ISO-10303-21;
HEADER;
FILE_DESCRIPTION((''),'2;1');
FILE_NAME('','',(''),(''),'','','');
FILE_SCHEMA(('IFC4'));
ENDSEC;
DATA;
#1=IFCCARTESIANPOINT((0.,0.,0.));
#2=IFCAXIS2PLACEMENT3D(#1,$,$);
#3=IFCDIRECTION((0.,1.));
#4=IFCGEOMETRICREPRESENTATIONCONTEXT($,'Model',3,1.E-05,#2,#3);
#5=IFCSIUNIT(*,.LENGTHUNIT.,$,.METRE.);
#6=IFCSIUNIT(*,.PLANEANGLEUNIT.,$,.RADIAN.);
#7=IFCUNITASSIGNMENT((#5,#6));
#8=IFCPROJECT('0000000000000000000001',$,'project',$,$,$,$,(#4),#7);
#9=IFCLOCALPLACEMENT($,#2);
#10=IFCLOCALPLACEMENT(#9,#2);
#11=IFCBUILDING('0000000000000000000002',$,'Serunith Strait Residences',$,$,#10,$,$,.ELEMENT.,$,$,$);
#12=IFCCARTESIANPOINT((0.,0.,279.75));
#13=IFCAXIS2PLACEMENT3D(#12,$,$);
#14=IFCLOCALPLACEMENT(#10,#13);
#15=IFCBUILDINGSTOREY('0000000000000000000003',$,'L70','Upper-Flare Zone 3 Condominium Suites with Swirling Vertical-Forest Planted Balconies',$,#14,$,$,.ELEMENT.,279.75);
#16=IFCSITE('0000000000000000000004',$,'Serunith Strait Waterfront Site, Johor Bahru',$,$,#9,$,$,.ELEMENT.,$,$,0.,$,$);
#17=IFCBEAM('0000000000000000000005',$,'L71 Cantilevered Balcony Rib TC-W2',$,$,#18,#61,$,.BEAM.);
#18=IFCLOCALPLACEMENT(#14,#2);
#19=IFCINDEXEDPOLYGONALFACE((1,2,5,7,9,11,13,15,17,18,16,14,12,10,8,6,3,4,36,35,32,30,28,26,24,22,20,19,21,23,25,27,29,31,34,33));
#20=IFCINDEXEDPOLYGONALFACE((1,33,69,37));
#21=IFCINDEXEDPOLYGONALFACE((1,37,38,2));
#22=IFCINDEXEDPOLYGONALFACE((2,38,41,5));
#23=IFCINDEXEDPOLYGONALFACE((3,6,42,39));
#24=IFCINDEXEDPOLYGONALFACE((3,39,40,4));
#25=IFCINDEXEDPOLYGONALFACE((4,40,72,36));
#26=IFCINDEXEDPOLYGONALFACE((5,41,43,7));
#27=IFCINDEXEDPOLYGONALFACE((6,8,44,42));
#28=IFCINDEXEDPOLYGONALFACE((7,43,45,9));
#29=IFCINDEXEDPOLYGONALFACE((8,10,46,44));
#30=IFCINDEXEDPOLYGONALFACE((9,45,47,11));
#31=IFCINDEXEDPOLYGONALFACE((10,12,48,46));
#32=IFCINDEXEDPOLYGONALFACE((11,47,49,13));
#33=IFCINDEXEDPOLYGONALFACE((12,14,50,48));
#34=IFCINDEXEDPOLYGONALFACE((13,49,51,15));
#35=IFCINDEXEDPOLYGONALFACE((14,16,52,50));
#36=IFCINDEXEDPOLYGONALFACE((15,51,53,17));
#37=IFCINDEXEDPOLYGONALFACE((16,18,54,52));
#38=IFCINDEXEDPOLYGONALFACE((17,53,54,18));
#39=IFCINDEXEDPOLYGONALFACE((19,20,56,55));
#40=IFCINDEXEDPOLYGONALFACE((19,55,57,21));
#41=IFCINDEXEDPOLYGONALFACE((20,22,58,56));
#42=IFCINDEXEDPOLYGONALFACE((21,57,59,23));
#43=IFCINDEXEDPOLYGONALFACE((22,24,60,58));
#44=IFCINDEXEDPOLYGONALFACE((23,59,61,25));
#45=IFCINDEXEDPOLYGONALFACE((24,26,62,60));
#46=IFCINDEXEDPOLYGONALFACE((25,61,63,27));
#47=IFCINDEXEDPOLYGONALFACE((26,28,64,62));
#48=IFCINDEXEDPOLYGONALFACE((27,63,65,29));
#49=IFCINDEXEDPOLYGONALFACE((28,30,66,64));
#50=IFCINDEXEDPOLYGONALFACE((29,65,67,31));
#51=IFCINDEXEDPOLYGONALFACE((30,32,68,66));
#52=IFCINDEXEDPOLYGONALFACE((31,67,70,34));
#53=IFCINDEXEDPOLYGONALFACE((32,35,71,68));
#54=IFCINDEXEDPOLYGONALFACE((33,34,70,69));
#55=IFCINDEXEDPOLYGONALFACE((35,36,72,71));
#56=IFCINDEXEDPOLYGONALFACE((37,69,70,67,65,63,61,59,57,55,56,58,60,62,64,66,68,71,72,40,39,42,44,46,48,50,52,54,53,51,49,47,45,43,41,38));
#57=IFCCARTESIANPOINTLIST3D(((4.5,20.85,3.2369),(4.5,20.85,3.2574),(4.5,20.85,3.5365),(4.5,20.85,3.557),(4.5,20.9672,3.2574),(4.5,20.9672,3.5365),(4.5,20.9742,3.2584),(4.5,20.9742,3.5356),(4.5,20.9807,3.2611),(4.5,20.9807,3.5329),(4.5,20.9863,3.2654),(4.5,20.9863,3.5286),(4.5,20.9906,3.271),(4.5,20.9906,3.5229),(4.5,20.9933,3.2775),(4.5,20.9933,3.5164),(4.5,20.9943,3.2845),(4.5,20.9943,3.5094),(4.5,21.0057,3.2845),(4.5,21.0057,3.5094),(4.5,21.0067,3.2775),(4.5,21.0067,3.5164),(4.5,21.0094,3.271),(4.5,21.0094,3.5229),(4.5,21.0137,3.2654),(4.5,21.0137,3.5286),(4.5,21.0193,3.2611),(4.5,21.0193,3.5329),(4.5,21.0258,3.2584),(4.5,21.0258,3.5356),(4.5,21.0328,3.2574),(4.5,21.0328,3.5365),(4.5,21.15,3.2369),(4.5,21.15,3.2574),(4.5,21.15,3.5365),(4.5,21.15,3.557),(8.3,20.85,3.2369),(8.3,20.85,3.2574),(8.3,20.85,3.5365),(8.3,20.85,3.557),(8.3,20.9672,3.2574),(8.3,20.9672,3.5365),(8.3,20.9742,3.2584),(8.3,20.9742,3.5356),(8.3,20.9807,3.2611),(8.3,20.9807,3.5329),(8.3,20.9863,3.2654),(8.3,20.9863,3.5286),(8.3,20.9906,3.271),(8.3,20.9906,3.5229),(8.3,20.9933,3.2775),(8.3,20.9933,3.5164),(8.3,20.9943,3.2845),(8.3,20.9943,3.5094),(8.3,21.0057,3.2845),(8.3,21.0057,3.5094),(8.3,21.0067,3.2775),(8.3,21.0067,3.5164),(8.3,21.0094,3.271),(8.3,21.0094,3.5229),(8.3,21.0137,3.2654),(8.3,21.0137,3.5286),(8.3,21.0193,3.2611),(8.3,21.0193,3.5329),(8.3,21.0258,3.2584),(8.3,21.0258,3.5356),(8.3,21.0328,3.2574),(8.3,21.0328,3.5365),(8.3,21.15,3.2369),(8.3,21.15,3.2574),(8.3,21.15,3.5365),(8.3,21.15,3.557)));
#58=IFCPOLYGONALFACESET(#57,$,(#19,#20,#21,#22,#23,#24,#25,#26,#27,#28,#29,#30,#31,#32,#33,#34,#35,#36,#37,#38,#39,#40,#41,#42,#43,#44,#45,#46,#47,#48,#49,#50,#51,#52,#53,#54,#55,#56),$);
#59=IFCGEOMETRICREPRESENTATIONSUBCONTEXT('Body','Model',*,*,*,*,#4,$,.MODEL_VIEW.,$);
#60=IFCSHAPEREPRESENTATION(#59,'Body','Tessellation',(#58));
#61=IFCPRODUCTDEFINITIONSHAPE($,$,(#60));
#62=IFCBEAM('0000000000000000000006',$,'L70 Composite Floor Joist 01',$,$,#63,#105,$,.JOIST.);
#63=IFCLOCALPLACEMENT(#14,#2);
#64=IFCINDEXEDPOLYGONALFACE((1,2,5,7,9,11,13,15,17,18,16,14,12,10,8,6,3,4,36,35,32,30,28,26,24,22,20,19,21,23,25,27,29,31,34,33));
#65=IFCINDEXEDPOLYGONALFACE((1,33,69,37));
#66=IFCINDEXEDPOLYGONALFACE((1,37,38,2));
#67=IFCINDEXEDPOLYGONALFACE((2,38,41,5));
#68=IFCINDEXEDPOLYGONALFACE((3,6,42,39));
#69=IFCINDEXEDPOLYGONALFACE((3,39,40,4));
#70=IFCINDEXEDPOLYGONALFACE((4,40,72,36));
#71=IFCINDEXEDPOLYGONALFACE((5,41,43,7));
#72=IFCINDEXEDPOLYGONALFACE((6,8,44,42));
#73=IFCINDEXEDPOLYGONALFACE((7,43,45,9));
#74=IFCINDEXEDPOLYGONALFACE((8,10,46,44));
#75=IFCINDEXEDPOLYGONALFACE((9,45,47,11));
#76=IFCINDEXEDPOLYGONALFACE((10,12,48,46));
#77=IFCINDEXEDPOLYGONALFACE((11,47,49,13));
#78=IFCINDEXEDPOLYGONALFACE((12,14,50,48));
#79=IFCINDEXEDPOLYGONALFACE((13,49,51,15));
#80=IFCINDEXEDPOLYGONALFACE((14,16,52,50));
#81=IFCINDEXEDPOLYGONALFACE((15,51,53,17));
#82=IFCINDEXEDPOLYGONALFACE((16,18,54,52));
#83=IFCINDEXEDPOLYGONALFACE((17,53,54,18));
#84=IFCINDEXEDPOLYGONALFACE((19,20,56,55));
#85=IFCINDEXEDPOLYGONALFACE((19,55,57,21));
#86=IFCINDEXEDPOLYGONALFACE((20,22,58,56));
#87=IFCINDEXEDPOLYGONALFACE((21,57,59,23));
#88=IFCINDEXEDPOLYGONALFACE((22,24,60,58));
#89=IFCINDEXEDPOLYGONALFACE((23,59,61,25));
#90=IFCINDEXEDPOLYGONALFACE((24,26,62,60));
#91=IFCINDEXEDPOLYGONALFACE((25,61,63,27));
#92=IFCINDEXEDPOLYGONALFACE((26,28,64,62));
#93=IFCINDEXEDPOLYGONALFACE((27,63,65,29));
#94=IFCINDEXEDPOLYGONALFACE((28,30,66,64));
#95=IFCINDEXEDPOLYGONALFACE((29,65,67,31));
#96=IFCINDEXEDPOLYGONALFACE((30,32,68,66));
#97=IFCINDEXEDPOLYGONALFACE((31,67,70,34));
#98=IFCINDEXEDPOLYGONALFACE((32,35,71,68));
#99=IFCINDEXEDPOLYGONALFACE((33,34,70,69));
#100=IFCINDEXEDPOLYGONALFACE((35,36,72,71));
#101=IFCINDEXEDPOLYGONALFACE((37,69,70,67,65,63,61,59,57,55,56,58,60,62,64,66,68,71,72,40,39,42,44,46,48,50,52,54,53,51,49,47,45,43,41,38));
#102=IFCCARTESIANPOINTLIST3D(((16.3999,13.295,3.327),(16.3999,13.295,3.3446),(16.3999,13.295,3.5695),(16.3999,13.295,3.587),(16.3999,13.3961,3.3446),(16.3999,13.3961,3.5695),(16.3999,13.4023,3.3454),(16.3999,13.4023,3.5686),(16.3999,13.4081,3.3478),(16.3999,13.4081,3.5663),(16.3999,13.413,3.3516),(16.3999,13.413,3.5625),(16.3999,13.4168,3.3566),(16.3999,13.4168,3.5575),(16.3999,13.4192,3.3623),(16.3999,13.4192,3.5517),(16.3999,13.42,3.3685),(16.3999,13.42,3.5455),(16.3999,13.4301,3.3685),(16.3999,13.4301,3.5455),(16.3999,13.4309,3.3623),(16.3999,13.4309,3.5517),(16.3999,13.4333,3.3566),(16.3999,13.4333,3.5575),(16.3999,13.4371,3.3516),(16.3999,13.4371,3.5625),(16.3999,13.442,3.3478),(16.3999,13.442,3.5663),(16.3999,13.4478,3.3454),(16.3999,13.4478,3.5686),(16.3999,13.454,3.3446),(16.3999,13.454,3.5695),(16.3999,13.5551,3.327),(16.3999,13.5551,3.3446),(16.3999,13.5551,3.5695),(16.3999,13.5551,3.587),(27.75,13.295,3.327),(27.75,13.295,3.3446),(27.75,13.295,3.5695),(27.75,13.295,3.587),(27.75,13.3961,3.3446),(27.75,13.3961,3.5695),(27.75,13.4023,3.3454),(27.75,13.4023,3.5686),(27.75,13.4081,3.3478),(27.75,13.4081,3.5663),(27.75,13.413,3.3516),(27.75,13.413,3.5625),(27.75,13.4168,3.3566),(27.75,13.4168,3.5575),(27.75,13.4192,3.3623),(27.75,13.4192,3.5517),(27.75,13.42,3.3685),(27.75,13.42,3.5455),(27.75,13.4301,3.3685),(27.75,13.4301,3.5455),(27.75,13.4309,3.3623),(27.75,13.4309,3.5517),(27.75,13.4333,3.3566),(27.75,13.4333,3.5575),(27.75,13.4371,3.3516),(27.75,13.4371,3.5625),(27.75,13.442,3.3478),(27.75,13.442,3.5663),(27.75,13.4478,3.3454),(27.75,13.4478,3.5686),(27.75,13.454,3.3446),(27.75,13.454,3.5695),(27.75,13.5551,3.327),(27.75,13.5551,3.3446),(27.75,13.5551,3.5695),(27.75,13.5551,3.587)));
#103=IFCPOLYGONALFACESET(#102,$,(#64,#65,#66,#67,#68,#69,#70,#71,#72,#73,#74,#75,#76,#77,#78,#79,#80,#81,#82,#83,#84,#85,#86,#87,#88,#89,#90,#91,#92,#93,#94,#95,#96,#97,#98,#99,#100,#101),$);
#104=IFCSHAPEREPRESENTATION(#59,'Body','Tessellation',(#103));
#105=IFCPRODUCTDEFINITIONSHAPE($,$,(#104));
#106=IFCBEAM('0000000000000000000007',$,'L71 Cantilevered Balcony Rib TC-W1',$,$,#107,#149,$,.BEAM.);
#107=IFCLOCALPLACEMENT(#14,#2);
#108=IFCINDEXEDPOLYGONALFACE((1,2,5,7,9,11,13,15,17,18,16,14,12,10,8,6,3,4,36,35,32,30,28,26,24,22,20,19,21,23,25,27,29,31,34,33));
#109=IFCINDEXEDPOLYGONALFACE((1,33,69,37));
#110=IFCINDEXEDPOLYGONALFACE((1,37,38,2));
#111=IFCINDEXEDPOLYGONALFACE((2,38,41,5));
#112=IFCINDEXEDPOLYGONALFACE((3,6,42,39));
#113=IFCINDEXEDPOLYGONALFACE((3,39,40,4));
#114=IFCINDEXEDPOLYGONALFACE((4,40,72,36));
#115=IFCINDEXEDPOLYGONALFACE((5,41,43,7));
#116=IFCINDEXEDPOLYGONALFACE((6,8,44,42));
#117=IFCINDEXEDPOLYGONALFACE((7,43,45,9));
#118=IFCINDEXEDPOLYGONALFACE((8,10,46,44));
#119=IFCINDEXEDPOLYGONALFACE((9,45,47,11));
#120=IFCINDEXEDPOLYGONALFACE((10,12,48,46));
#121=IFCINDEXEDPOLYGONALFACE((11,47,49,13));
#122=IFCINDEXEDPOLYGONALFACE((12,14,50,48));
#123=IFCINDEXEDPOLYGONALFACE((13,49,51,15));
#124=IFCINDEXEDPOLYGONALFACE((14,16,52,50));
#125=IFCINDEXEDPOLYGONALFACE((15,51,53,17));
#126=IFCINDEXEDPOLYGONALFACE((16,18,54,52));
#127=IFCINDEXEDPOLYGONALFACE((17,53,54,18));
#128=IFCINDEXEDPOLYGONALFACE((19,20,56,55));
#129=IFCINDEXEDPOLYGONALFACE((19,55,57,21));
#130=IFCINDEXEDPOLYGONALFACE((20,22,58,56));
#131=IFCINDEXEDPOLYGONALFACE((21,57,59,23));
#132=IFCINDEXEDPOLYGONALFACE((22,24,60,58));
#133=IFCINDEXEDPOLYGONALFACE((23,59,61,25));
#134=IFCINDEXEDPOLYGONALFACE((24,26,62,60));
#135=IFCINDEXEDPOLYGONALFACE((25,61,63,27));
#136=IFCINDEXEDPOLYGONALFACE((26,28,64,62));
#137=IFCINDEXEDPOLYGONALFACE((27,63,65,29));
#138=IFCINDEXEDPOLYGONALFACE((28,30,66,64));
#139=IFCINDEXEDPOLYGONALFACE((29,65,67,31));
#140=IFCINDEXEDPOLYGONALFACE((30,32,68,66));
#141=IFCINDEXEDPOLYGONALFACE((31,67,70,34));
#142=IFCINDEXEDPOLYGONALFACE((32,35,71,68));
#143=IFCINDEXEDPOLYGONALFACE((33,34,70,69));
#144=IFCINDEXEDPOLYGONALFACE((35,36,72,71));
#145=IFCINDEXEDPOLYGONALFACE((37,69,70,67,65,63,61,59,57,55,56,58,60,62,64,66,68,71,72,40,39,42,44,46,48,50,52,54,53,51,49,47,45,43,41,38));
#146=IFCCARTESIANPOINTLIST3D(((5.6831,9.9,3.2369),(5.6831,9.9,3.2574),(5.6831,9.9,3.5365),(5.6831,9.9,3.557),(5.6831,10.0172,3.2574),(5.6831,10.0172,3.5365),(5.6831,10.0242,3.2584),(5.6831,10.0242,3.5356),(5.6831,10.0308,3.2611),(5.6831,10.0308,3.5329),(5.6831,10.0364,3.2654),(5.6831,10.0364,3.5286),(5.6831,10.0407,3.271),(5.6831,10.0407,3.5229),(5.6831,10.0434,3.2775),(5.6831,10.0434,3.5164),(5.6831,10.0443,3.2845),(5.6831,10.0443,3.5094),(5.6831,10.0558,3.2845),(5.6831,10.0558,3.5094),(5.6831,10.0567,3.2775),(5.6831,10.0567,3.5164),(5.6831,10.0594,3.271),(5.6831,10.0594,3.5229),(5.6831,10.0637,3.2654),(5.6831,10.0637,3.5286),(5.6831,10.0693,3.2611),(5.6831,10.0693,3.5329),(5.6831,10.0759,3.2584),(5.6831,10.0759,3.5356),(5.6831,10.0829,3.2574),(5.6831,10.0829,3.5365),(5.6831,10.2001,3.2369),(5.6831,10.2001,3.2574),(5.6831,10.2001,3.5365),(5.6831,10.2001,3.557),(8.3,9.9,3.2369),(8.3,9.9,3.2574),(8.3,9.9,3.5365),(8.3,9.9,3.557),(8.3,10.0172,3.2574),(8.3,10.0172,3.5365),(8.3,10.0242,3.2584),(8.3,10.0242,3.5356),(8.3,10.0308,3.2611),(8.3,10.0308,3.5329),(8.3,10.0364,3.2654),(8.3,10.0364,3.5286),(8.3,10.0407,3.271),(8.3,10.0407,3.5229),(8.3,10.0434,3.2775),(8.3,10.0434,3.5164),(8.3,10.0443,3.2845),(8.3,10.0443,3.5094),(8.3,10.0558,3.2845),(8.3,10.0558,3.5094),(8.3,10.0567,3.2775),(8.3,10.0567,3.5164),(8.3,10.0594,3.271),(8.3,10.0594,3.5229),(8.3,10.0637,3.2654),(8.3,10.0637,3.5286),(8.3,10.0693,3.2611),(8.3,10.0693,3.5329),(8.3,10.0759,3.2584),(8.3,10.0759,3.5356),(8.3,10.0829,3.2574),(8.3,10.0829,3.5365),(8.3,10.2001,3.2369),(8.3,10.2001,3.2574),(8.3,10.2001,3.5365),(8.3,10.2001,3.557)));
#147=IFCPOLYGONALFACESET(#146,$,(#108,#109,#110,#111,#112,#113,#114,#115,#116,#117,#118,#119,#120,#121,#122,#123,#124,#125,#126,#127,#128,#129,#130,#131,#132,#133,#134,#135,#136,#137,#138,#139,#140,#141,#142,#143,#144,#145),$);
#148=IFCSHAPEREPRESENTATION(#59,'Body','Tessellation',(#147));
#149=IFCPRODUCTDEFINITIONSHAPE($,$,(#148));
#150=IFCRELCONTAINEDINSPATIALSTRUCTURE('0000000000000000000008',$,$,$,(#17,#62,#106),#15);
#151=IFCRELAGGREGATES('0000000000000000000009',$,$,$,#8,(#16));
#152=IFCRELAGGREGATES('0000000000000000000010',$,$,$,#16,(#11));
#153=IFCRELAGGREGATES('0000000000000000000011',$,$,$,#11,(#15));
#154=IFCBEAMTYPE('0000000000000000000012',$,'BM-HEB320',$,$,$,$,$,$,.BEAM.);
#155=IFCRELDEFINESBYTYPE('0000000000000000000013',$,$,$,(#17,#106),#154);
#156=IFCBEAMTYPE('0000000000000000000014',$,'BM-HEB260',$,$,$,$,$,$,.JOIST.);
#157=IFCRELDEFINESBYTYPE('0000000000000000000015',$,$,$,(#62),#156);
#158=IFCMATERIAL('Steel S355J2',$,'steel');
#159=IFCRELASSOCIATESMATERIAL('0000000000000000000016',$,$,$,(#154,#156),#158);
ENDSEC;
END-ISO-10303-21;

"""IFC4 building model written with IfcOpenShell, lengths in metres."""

from ifc_helpers import new_model, si_unit, direction, frame, origin, origin_2d, place, context, subcontext, project, spatial, i_section, extrude, source, transform, mapped, material, material_profile, profile_set, type_object, element, save


model = new_model("IFC4")

# Units and contexts
model_context = context("Model", 3, precision=1e-05, world=origin(), true_north=direction((0.0, 1.0)))
body_context = subcontext(model_context, "Body", "Model", "MODEL_VIEW")
ifc_project = project(units=[si_unit("LENGTHUNIT", "METRE"), si_unit("PLANEANGLEUNIT", "RADIAN")], contexts=[model_context])

# Site, building, storey
site_placement = place(None, origin())
site = spatial("IfcSite", under=ifc_project, at=site_placement, Name="Serunith Strait Waterfront Site, Johor Bahru", CompositionType="ELEMENT", RefElevation=0.0)
building_placement = place(site_placement, origin())
building = spatial("IfcBuilding", under=site, at=building_placement, Name="Serunith Strait Residences", CompositionType="ELEMENT")
storey_placement = place(building_placement, frame((0.0, 0.0, 279.75)))
storey = spatial("IfcBuildingStorey", under=building, at=storey_placement, Name="L70", Description="Upper-Flare Zone 3 Condominium Suites with Swirling Vertical-Forest Planted Balconies", CompositionType="ELEMENT", Elevation=279.75)

# Beams
ifc_material_1 = material(Name="Steel S355J2", Category="steel")
ifc_material_profile_1 = material_profile(ifc_material_1, i_section(OverallWidth=0.3, OverallDepth=0.3201, WebThickness=0.0115, FlangeThickness=0.0205, FilletRadius=0.0271, at=origin_2d()), Name="HEB 320")
ifc_profile_set_1 = profile_set([ifc_material_profile_1], Name="Steel S355J2")
beam_type_1 = type_object("IfcBeamType", Name="BM-HEB320", PredefinedType="BEAM", material=ifc_profile_set_1)
shared_shape_1 = source(origin(), body_context, "Body", "SweptSolid", [
    extrude(i_section(OverallWidth=0.3, OverallDepth=0.3201, WebThickness=0.0115, FlangeThickness=0.0205, FilletRadius=0.0271, at=origin_2d()), origin(), (0.0, 0.0, 1.0), 3.8),
])
beam_1_placement = place(storey_placement, frame((8.3, 21.0, 3.397), z_axis=(-1.0, 0.0, 0.0), x_axis=(0.0, -1.0, 0.0)))
element("IfcBeam", 1, at=beam_1_placement, inside=storey, type_object=beam_type_1, Name="L71 Cantilevered Balcony Rib TC-W2", PredefinedType="BEAM", context=body_context, shape_type="MappedRepresentation", body=[
    mapped(shared_shape_1, transform((0.0, 0.0, 0.0), scale=1.0)),
])
ifc_material_profile_2 = material_profile(ifc_material_1, i_section(OverallWidth=0.26, OverallDepth=0.26, WebThickness=0.01, FlangeThickness=0.0176, FilletRadius=0.0239, at=origin_2d()), Name="HEB 260")
ifc_profile_set_2 = profile_set([ifc_material_profile_2], Name="Steel S355J2")
beam_type_2 = type_object("IfcBeamType", Name="BM-HEB260", PredefinedType="JOIST", material=ifc_profile_set_2)
shared_shape_2 = source(origin(), body_context, "Body", "SweptSolid", [
    extrude(i_section(OverallWidth=0.26, OverallDepth=0.26, WebThickness=0.01, FlangeThickness=0.0176, FilletRadius=0.0239, at=origin_2d()), origin(), (0.0, 0.0, 1.0), 11.3501),
])
beam_2_placement = place(storey_placement, frame((16.3999, 13.425, 3.457), z_axis=(1.0, 0.0, 0.0), x_axis=(0.0, 1.0, 0.0)))
element("IfcBeam", 2, at=beam_2_placement, inside=storey, type_object=beam_type_2, Name="L70 Composite Floor Joist 01", PredefinedType="JOIST", context=body_context, shape_type="MappedRepresentation", body=[
    mapped(shared_shape_2, transform((0.0, 0.0, 0.0), scale=1.0)),
])
shared_shape_3 = source(origin(), body_context, "Body", "SweptSolid", [
    extrude(i_section(OverallWidth=0.3, OverallDepth=0.3201, WebThickness=0.0115, FlangeThickness=0.0205, FilletRadius=0.0271, at=origin_2d()), origin(), (0.0, 0.0, 1.0), 2.6169),
])
beam_3_placement = place(storey_placement, frame((8.3, 10.05, 3.397), z_axis=(-1.0, 0.0, 0.0), x_axis=(0.0, -1.0, 0.0)))
element("IfcBeam", 3, at=beam_3_placement, inside=storey, type_object=beam_type_1, Name="L71 Cantilevered Balcony Rib TC-W1", PredefinedType="BEAM", context=body_context, shape_type="MappedRepresentation", body=[
    mapped(shared_shape_3, transform((0.0, 0.0, 0.0), scale=1.0)),
])

save(model, "model.ifc")
